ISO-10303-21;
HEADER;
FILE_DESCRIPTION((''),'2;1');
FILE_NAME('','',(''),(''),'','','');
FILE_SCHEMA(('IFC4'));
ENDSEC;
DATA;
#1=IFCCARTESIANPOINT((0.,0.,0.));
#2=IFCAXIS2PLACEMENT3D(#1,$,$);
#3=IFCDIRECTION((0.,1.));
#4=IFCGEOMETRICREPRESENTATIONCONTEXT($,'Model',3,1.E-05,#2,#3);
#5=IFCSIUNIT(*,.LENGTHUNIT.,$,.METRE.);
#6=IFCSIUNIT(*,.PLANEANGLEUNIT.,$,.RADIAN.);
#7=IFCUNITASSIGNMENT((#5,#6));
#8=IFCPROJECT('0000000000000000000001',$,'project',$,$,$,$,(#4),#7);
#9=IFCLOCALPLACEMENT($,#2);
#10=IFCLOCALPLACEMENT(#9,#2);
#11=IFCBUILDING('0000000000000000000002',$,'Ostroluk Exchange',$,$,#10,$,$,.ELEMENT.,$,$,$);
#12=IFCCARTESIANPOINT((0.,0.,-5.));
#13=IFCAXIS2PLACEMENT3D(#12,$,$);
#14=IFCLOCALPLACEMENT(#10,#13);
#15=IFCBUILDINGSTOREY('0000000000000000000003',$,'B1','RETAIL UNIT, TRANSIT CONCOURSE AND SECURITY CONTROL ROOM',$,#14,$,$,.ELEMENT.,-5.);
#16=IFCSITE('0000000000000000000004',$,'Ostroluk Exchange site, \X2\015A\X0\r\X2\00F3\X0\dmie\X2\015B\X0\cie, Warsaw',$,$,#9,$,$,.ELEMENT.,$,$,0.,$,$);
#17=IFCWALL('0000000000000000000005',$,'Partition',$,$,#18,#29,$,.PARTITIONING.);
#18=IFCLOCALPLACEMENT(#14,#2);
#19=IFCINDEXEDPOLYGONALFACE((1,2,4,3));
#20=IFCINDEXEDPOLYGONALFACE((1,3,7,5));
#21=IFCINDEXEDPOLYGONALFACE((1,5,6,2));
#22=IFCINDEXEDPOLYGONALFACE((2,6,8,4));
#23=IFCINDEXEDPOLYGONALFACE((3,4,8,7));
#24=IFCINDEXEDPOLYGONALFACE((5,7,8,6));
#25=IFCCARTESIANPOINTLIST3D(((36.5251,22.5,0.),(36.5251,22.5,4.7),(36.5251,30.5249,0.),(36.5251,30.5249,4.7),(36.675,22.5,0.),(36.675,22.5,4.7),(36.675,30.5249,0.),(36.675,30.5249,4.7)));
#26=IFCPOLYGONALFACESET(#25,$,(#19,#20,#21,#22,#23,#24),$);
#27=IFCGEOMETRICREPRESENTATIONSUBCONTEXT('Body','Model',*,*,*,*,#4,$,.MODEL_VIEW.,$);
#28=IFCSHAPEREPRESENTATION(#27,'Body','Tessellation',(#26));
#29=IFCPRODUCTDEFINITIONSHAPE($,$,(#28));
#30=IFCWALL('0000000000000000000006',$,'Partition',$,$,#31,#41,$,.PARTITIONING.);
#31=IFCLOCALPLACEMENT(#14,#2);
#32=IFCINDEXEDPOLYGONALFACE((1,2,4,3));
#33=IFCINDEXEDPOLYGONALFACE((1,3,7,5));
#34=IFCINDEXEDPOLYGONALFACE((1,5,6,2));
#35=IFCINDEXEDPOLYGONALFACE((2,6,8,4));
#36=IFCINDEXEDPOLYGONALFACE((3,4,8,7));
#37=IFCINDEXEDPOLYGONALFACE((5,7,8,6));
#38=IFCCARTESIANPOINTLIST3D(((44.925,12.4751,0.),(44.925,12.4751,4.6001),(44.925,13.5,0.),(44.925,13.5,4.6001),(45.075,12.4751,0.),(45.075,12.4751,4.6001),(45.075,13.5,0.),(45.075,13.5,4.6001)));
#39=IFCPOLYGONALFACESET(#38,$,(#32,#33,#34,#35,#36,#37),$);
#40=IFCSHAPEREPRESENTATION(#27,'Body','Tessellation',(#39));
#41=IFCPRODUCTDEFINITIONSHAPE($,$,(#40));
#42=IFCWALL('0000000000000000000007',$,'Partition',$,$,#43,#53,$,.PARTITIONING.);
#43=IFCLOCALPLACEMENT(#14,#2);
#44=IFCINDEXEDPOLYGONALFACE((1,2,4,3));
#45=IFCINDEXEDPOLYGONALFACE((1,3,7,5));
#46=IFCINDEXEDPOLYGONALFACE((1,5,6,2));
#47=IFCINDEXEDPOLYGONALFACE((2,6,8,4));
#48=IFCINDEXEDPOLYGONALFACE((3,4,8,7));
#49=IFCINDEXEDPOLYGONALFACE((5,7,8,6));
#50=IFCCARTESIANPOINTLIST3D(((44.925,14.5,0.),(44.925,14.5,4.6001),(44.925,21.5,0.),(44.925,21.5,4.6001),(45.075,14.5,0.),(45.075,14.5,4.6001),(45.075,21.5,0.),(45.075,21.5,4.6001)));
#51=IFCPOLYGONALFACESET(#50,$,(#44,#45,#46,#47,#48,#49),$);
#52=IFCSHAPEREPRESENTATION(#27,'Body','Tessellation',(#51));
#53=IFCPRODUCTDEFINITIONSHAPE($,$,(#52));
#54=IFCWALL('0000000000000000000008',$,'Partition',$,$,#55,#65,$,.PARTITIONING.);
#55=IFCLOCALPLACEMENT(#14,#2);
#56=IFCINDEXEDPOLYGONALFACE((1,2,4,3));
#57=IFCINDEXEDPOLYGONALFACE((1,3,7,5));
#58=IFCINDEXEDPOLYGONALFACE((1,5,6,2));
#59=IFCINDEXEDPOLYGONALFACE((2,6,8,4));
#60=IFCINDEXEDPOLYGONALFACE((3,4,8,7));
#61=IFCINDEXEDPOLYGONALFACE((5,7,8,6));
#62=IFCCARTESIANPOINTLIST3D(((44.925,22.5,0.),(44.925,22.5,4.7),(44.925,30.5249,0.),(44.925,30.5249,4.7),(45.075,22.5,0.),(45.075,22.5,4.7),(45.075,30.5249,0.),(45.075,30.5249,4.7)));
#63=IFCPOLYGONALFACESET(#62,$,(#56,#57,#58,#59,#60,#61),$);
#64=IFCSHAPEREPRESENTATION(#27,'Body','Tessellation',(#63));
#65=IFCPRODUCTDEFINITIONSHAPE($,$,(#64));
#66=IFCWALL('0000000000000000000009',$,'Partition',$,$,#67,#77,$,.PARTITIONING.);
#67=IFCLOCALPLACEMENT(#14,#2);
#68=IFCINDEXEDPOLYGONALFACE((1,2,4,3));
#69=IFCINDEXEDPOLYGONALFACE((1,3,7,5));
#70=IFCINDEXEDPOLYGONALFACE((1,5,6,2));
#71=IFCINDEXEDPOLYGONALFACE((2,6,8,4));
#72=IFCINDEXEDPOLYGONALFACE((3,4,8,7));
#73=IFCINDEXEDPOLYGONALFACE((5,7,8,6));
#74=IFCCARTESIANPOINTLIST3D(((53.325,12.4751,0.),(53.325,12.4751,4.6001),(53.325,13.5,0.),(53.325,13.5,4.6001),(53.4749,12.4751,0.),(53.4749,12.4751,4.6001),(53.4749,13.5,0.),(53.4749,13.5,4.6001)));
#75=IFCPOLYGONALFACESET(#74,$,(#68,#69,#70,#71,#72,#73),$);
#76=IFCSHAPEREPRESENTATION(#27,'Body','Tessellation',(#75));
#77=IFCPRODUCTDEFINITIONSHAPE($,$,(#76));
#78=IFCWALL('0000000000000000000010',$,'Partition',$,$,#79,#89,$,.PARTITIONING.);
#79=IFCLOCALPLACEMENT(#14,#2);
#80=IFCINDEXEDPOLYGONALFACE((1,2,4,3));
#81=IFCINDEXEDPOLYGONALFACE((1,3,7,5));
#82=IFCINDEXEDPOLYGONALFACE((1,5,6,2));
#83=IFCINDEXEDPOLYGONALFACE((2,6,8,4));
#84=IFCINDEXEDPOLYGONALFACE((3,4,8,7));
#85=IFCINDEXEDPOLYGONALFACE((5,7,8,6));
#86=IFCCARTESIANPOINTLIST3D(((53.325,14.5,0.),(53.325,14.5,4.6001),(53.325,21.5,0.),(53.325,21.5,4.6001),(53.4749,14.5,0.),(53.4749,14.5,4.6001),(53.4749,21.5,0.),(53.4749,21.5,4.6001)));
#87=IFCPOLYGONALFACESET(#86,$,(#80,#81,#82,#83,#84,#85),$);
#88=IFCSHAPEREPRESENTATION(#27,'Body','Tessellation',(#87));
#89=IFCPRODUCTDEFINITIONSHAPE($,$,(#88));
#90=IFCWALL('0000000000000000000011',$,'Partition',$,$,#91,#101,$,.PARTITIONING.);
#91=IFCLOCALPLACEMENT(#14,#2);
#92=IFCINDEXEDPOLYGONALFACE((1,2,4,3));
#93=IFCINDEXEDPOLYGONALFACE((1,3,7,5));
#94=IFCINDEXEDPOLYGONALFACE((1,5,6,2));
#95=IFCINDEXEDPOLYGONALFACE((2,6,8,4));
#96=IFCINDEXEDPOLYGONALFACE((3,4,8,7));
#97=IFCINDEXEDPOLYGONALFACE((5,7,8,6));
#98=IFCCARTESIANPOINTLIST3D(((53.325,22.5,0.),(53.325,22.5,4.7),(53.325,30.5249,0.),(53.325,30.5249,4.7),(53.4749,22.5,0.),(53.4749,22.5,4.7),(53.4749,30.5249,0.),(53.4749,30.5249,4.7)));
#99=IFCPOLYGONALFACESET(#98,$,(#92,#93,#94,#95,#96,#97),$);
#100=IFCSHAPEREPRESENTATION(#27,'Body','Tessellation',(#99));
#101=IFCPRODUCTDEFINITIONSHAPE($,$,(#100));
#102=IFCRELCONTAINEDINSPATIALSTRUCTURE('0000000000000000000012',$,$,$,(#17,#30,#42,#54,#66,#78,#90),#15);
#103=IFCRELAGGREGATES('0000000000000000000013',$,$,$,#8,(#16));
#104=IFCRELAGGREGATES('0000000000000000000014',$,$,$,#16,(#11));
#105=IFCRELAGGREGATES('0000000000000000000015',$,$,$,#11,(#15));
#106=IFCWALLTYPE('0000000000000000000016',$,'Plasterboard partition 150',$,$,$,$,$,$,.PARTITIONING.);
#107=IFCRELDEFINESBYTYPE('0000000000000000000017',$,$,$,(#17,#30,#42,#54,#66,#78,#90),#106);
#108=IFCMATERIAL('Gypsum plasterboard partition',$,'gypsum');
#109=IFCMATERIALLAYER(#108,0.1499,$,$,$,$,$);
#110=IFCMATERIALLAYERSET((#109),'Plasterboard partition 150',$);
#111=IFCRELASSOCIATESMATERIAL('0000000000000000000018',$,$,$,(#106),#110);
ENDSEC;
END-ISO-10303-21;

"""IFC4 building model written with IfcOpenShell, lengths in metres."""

from ifc_helpers import new_model, si_unit, direction, frame, frame_2d, origin, place, context, subcontext, project, spatial, rectangle, extrude, material, layer, layer_set, type_object, element, save


model = new_model("IFC4")

# Units and contexts
model_context = context("Model", 3, precision=1e-05, world=origin(), true_north=direction((0.0, 1.0)))
body_context = subcontext(model_context, "Body", "Model", "MODEL_VIEW")
ifc_project = project(units=[si_unit("LENGTHUNIT", "METRE"), si_unit("PLANEANGLEUNIT", "RADIAN")], contexts=[model_context])

# Site, building, storey
site_placement = place(None, origin())
site = spatial("IfcSite", under=ifc_project, at=site_placement, Name="Ostroluk Exchange site, Śródmieście, Warsaw", CompositionType="ELEMENT", RefElevation=0.0)
building_placement = place(site_placement, origin())
building = spatial("IfcBuilding", under=site, at=building_placement, Name="Ostroluk Exchange", CompositionType="ELEMENT")
storey_placement = place(building_placement, frame((0.0, 0.0, -5.0)))
storey = spatial("IfcBuildingStorey", under=building, at=storey_placement, Name="B1", Description="RETAIL UNIT, TRANSIT CONCOURSE AND SECURITY CONTROL ROOM", CompositionType="ELEMENT", Elevation=-5.0)

# Walls
ifc_material_1 = material(Name="Gypsum plasterboard partition", Category="gypsum")
ifc_layer_1 = layer(ifc_material_1, 0.1499)
ifc_layer_set_1 = layer_set([ifc_layer_1], Name="Plasterboard partition 150")
wall_type_1 = type_object("IfcWallType", Name="Plasterboard partition 150", PredefinedType="PARTITIONING", material=ifc_layer_set_1)
wall_1_placement = place(storey_placement, frame((36.6001, 22.5, 0.0), z_axis=(0.0, 0.0, 1.0), x_axis=(0.0, 1.0, 0.0)))
element("IfcWall", 1, at=wall_1_placement, inside=storey, type_object=wall_type_1, Name="Partition", PredefinedType="PARTITIONING", context=body_context, shape_type="SweptSolid", body=[
    extrude(rectangle(XDim=8.0249, YDim=0.1499, at=frame_2d((4.0125, 0.0))), origin(), (0.0, 0.0, 1.0), 4.7),
])
wall_2_placement = place(storey_placement, frame((45.0, 12.4751, 0.0), z_axis=(0.0, 0.0, 1.0), x_axis=(0.0, 1.0, 0.0)))
element("IfcWall", 2, at=wall_2_placement, inside=storey, type_object=wall_type_1, Name="Partition", PredefinedType="PARTITIONING", context=body_context, shape_type="SweptSolid", body=[
    extrude(rectangle(XDim=1.0249, YDim=0.1499, at=frame_2d((0.5125, 0.0))), origin(), (0.0, 0.0, 1.0), 4.6001),
])
wall_3_placement = place(storey_placement, frame((45.0, 14.5, 0.0), z_axis=(0.0, 0.0, 1.0), x_axis=(0.0, 1.0, 0.0)))
element("IfcWall", 3, at=wall_3_placement, inside=storey, type_object=wall_type_1, Name="Partition", PredefinedType="PARTITIONING", context=body_context, shape_type="SweptSolid", body=[
    extrude(rectangle(XDim=7.0, YDim=0.1499, at=frame_2d((3.5, 0.0))), origin(), (0.0, 0.0, 1.0), 4.6001),
])
wall_4_placement = place(storey_placement, frame((45.0, 22.5, 0.0), z_axis=(0.0, 0.0, 1.0), x_axis=(0.0, 1.0, 0.0)))
element("IfcWall", 4, at=wall_4_placement, inside=storey, type_object=wall_type_1, Name="Partition", PredefinedType="PARTITIONING", context=body_context, shape_type="SweptSolid", body=[
    extrude(rectangle(XDim=8.0249, YDim=0.1499, at=frame_2d((4.0125, 0.0))), origin(), (0.0, 0.0, 1.0), 4.7),
])
wall_5_placement = place(storey_placement, frame((53.3999, 12.4751, 0.0), z_axis=(0.0, 0.0, 1.0), x_axis=(0.0, 1.0, 0.0)))
element("IfcWall", 5, at=wall_5_placement, inside=storey, type_object=wall_type_1, Name="Partition", PredefinedType="PARTITIONING", context=body_context, shape_type="SweptSolid", body=[
    extrude(rectangle(XDim=1.0249, YDim=0.1499, at=frame_2d((0.5125, 0.0))), origin(), (0.0, 0.0, 1.0), 4.6001),
])
wall_6_placement = place(storey_placement, frame((53.3999, 14.5, 0.0), z_axis=(0.0, 0.0, 1.0), x_axis=(0.0, 1.0, 0.0)))
element("IfcWall", 6, at=wall_6_placement, inside=storey, type_object=wall_type_1, Name="Partition", PredefinedType="PARTITIONING", context=body_context, shape_type="SweptSolid", body=[
    extrude(rectangle(XDim=7.0, YDim=0.1499, at=frame_2d((3.5, 0.0))), origin(), (0.0, 0.0, 1.0), 4.6001),
])
wall_7_placement = place(storey_placement, frame((53.3999, 22.5, 0.0), z_axis=(0.0, 0.0, 1.0), x_axis=(0.0, 1.0, 0.0)))
element("IfcWall", 7, at=wall_7_placement, inside=storey, type_object=wall_type_1, Name="Partition", PredefinedType="PARTITIONING", context=body_context, shape_type="SweptSolid", body=[
    extrude(rectangle(XDim=8.0249, YDim=0.1499, at=frame_2d((4.0125, 0.0))), origin(), (0.0, 0.0, 1.0), 4.7),
])

save(model, "model.ifc")
